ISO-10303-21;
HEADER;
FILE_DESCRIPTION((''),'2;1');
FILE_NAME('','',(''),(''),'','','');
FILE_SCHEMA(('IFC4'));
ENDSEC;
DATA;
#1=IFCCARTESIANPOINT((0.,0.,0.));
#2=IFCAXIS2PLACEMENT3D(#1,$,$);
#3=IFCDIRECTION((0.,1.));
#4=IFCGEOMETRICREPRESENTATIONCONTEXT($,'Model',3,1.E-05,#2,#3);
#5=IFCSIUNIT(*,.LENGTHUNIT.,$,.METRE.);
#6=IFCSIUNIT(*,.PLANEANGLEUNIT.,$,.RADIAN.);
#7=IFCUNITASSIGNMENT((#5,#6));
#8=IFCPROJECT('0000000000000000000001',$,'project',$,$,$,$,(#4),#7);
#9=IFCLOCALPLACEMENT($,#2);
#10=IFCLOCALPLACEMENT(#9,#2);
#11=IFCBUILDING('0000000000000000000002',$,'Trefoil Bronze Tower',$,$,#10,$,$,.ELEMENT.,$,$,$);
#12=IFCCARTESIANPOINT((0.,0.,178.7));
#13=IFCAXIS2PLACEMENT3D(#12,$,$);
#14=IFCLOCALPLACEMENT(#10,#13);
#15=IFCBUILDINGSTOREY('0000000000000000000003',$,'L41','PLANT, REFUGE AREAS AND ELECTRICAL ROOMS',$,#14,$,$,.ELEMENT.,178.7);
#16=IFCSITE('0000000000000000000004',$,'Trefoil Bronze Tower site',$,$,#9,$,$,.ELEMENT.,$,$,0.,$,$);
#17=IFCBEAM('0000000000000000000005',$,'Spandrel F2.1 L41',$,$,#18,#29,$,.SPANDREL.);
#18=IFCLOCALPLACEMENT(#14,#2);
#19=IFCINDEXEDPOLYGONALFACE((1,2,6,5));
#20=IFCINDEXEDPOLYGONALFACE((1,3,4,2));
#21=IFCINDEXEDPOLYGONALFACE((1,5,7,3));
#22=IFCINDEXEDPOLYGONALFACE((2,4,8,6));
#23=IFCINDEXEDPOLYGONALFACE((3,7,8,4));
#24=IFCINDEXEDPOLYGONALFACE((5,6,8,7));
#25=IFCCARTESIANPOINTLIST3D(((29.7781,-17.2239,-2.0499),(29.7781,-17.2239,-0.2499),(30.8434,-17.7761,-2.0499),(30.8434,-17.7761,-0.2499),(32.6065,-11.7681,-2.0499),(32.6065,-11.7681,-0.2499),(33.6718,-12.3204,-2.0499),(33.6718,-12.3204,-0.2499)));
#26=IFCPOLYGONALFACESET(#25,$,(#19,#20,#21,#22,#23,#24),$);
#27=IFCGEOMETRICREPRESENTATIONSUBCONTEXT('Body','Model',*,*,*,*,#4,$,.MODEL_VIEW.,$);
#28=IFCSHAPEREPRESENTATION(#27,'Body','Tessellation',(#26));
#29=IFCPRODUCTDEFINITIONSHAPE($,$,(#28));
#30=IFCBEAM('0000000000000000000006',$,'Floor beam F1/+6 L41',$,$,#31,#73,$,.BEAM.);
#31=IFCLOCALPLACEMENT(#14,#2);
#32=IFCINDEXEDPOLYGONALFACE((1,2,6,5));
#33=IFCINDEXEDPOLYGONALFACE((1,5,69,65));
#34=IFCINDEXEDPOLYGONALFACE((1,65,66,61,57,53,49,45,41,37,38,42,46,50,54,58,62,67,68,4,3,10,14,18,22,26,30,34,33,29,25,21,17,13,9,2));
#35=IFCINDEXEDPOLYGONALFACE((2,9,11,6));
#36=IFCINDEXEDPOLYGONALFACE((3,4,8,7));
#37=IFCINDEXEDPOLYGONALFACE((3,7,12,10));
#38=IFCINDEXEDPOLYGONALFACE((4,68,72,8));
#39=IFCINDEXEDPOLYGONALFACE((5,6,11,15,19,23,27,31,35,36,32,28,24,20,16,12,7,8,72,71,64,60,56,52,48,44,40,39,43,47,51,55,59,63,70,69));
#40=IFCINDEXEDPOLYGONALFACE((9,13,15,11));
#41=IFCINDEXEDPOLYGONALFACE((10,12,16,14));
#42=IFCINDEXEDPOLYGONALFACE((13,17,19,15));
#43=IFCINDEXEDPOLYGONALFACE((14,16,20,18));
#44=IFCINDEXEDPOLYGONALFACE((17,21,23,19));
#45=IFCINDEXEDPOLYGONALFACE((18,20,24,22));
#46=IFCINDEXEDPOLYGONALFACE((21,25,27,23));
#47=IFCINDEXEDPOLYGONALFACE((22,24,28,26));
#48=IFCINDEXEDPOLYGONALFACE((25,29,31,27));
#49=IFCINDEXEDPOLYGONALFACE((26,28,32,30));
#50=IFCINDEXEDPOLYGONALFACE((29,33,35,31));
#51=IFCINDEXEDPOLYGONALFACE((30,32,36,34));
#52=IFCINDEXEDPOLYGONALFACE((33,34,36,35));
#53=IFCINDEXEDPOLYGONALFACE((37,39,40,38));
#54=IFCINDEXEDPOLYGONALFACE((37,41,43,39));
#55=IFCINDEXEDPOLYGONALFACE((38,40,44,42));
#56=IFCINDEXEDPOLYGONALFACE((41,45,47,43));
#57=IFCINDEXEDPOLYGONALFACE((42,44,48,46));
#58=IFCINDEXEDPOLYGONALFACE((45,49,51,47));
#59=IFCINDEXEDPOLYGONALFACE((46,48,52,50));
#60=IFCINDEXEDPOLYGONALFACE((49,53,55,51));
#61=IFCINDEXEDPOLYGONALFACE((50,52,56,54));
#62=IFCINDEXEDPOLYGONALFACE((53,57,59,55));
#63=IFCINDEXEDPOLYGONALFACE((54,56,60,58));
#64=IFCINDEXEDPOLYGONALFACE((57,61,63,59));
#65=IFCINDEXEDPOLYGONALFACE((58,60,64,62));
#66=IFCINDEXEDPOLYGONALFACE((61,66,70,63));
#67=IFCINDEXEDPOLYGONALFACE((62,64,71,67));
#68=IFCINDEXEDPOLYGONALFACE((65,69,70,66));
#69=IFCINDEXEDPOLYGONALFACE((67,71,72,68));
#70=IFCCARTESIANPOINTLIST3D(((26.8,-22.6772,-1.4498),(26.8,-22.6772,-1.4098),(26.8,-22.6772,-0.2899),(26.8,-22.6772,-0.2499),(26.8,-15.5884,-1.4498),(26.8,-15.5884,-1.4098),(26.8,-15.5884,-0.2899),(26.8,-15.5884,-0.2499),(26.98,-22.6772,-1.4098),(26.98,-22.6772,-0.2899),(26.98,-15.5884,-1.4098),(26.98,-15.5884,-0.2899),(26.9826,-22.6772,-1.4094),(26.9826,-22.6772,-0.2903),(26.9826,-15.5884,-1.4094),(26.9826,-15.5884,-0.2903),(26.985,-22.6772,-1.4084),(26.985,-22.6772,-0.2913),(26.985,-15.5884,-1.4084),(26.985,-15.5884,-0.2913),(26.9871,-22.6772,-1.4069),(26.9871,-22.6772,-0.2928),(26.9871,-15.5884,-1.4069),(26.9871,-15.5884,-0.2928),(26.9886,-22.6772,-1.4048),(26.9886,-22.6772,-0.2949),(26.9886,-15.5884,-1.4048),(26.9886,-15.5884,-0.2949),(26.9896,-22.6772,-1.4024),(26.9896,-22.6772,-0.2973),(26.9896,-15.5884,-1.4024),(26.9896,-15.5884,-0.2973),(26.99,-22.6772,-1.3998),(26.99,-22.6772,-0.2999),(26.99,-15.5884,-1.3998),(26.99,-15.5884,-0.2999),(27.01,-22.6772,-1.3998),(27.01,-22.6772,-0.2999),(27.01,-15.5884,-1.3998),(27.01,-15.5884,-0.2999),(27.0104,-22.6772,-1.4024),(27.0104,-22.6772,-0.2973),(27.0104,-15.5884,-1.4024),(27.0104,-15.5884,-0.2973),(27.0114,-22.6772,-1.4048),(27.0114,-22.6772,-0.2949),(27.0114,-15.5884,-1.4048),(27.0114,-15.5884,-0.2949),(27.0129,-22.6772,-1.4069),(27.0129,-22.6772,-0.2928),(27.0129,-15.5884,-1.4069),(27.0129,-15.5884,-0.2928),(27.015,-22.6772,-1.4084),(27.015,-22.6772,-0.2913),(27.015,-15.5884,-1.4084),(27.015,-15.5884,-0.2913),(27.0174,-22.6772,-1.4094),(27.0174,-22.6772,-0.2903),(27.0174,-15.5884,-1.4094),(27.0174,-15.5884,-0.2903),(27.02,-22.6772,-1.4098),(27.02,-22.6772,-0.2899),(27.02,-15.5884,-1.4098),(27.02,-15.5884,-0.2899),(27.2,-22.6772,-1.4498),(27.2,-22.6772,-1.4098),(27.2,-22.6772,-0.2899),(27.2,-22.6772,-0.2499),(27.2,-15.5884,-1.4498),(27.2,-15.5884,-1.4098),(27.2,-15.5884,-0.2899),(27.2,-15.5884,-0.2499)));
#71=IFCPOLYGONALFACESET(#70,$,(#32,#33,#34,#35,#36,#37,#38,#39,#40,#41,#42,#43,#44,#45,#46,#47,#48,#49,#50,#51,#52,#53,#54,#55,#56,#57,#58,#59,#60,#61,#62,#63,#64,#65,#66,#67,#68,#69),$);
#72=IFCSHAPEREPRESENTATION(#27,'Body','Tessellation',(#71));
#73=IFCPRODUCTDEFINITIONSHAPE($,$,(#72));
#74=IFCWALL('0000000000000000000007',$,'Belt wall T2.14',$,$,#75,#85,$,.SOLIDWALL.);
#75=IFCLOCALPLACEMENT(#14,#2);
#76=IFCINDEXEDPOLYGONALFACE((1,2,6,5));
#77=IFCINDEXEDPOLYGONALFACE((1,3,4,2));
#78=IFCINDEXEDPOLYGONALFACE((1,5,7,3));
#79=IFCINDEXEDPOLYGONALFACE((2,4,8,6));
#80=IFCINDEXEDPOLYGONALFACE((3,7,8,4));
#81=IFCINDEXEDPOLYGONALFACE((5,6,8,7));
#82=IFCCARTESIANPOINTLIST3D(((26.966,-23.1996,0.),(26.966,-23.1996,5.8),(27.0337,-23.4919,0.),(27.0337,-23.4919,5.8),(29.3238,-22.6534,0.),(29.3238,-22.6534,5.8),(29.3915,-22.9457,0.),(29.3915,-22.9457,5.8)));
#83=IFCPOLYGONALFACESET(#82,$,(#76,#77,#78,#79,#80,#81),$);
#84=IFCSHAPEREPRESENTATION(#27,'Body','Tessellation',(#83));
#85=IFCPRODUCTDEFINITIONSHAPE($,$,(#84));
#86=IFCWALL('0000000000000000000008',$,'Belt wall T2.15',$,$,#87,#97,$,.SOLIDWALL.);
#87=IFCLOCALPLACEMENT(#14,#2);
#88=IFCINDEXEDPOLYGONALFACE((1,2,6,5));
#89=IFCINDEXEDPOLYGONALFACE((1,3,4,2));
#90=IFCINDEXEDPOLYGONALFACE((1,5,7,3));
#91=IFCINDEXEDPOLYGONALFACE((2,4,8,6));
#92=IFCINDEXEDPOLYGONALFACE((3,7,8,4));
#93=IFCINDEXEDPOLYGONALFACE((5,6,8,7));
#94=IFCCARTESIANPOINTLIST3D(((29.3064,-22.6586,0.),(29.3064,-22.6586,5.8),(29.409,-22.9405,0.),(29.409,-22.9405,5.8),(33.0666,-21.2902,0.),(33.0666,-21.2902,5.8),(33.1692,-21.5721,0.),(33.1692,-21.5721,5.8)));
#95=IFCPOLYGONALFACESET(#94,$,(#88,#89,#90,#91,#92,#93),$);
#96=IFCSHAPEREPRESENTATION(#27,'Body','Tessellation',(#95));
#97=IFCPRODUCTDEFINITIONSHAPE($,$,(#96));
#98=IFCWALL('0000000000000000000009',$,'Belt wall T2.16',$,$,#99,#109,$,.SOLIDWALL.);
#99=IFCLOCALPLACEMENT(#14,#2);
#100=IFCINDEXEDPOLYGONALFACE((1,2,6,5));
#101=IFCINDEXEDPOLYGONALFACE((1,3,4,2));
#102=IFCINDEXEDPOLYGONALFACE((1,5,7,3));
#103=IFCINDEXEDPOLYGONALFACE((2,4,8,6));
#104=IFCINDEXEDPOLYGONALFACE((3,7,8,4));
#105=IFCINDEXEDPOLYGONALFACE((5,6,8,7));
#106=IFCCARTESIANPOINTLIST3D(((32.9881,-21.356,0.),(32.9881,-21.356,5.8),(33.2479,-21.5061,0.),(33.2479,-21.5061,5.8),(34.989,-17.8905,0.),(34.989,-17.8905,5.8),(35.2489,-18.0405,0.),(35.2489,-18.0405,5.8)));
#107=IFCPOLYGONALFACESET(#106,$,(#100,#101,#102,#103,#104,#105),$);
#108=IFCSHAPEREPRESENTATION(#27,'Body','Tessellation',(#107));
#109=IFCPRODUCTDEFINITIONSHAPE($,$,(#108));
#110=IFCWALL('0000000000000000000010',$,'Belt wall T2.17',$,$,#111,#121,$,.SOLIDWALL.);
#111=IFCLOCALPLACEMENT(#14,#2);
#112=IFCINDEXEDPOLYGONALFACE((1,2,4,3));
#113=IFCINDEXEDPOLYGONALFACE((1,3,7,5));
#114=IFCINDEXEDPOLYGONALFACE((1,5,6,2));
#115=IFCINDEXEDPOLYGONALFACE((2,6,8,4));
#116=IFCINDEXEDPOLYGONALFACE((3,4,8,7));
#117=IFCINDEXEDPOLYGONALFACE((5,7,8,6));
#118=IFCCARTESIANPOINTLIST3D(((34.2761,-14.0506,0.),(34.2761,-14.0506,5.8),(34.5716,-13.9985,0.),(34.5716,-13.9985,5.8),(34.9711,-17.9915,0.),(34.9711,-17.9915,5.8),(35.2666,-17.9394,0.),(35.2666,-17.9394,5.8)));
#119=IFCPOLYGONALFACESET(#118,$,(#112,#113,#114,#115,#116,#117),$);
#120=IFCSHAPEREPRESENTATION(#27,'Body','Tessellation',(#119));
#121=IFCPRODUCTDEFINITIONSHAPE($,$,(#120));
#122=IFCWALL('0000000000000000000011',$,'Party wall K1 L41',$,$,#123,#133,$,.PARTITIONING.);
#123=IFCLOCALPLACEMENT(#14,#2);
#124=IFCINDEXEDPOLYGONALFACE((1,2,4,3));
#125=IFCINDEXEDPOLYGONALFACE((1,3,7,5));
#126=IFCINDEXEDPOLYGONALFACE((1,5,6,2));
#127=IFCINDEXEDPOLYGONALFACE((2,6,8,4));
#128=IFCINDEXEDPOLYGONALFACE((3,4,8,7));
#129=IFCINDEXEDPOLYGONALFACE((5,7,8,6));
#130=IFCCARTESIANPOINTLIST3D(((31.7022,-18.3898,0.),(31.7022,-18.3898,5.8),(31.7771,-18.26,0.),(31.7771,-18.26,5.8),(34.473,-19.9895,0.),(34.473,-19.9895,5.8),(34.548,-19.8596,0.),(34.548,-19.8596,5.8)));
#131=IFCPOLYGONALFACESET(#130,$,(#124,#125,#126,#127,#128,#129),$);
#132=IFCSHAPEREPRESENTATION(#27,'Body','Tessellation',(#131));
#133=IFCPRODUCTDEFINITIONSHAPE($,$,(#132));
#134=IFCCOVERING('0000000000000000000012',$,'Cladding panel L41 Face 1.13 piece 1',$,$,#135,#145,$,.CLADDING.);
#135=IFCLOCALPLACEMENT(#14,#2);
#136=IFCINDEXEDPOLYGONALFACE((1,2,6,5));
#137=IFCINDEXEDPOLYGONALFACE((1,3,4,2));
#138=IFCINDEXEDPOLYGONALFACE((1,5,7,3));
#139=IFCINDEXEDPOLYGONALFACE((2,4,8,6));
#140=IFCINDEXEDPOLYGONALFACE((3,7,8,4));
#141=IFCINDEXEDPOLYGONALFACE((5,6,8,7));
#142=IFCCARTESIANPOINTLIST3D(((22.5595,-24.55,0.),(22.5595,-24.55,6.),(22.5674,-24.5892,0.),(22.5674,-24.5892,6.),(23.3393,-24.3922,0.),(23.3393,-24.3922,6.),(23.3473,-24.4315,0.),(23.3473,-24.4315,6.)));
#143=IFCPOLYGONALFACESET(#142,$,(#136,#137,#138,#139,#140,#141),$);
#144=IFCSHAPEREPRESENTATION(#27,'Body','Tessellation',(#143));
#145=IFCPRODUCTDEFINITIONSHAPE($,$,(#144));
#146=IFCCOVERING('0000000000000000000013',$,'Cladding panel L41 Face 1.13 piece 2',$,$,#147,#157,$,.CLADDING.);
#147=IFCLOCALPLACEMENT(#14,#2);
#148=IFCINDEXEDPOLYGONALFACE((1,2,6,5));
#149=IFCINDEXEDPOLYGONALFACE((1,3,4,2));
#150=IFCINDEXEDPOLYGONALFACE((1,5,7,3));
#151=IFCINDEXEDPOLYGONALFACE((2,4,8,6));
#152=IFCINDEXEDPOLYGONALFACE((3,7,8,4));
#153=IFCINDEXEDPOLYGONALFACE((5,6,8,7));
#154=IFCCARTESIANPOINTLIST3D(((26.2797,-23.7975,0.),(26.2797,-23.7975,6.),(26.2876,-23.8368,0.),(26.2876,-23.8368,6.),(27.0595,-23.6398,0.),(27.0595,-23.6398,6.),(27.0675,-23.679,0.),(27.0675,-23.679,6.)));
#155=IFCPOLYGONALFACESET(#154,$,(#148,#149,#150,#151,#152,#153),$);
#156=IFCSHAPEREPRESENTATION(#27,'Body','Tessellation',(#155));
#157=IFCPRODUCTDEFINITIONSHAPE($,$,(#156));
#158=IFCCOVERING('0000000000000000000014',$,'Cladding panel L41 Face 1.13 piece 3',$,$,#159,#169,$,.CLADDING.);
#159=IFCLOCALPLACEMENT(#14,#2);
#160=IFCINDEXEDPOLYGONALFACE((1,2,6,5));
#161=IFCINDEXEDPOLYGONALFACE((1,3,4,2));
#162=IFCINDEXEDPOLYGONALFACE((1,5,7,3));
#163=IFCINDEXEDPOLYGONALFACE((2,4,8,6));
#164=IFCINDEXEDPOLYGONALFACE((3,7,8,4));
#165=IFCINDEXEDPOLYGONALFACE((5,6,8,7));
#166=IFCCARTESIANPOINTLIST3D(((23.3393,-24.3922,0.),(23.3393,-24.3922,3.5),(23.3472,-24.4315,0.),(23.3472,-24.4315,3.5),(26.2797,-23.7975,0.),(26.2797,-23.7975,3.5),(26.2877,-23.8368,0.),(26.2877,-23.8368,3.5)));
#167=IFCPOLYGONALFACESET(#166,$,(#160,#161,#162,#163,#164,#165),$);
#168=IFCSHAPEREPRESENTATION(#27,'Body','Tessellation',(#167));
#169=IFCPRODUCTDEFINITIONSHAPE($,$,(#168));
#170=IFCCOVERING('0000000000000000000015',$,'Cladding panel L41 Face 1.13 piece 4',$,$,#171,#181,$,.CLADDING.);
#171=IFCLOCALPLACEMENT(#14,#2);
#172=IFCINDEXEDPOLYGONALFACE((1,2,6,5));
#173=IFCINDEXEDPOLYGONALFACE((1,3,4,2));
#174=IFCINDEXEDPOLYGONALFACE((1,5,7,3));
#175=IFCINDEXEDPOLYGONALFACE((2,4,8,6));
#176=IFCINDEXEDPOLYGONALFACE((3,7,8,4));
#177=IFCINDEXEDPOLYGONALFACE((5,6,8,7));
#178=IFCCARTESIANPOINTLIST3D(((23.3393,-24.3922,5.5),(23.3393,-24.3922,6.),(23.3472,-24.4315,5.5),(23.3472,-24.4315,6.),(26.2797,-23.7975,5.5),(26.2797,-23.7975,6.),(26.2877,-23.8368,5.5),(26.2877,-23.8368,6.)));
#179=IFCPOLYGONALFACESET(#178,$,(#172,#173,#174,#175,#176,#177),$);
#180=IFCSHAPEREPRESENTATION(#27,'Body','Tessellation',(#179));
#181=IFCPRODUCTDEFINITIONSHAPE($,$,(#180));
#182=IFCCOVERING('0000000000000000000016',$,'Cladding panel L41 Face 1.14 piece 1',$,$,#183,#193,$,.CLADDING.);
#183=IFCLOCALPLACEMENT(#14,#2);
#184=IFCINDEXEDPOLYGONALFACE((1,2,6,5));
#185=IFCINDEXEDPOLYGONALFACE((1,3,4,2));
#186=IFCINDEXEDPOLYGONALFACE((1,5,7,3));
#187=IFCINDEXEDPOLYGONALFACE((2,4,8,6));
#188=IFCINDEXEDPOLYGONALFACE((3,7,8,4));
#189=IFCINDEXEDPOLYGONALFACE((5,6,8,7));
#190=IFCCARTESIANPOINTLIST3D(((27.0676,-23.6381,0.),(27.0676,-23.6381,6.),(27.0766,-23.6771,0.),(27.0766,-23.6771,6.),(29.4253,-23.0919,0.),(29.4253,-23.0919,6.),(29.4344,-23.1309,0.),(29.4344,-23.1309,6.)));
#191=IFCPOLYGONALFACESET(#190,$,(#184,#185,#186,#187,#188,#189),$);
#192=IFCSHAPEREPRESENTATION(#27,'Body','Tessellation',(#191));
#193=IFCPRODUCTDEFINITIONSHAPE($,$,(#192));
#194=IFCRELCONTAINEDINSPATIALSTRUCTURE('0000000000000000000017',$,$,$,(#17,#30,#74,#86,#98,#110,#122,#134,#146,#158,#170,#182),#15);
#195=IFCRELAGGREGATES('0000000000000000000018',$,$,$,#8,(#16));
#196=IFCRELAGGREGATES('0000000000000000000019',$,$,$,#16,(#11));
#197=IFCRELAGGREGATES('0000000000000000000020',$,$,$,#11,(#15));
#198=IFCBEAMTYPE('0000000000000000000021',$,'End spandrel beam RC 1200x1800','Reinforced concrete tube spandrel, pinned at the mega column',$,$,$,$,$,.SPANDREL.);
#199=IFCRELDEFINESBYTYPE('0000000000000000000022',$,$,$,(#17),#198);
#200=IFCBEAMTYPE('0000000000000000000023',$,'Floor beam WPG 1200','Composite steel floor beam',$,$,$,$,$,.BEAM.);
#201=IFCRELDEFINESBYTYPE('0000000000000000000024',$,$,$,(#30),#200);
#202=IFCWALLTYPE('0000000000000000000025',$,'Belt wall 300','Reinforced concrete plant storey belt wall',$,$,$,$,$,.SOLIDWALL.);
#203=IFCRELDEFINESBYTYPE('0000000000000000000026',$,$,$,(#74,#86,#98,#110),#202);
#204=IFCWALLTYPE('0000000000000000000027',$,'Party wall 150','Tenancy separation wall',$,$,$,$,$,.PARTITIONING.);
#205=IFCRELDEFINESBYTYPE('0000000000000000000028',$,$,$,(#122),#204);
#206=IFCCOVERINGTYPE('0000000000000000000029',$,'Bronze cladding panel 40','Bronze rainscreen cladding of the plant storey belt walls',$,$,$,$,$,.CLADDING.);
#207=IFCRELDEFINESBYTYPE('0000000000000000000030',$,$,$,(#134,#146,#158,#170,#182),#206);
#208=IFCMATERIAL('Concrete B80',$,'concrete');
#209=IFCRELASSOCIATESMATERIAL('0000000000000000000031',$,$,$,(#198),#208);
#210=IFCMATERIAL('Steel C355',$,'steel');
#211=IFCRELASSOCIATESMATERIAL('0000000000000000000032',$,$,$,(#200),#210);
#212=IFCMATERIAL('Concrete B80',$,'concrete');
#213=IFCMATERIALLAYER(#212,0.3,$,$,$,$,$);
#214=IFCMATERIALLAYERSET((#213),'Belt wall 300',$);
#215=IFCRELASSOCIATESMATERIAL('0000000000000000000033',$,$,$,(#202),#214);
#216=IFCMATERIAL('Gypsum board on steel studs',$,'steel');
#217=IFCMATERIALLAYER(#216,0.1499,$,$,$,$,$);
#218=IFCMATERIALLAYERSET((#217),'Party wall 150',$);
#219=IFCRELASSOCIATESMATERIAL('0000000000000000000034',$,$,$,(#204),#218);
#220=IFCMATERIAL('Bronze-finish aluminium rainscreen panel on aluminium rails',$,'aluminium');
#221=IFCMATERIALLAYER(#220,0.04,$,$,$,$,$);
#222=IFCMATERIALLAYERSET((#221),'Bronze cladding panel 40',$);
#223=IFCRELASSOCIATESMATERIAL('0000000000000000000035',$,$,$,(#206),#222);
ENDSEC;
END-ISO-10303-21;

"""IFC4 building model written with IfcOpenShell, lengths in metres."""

from ifc_helpers import new_model, si_unit, direction, frame, frame_2d, origin, origin_2d, place, context, subcontext, project, spatial, rectangle, i_section, extrude, material, layer, layer_set, material_profile, profile_set, type_object, element, save


model = new_model("IFC4")

# Units and contexts
model_context = context("Model", 3, precision=1e-05, world=origin(), true_north=direction((0.0, 1.0)))
body_context = subcontext(model_context, "Body", "Model", "MODEL_VIEW")
ifc_project = project(units=[si_unit("LENGTHUNIT", "METRE"), si_unit("PLANEANGLEUNIT", "RADIAN")], contexts=[model_context])

# Site, building, storey
site_placement = place(None, origin())
site = spatial("IfcSite", under=ifc_project, at=site_placement, Name="Trefoil Bronze Tower site", CompositionType="ELEMENT", RefElevation=0.0)
building_placement = place(site_placement, origin())
building = spatial("IfcBuilding", under=site, at=building_placement, Name="Trefoil Bronze Tower", CompositionType="ELEMENT")
storey_placement = place(building_placement, frame((0.0, 0.0, 178.7)))
storey = spatial("IfcBuildingStorey", under=building, at=storey_placement, Name="L41", Description="PLANT, REFUGE AREAS AND ELECTRICAL ROOMS", CompositionType="ELEMENT", Elevation=178.7)

# Beams
ifc_material_1 = material(Name="Concrete B80", Category="concrete")
ifc_material_profile_1 = material_profile(ifc_material_1, rectangle(XDim=1.2, YDim=1.8, at=origin_2d()), Name="RC 1200x1800")
ifc_profile_set_1 = profile_set([ifc_material_profile_1], Name="Concrete B80")
beam_type_1 = type_object("IfcBeamType", Name="End spandrel beam RC 1200x1800", Description="Reinforced concrete tube spandrel, pinned at the mega column", PredefinedType="SPANDREL", material=ifc_profile_set_1)
for number, where, z_axis, x_axis, name in (
    (1, (30.3108, -17.5, -1.1499), (0.460244, 0.887792, 0.0), (-0.887792, 0.460244, 0.0), "Spandrel F2.1 L41"),
):
    element("IfcBeam", number, at=place(storey_placement, frame(where, z_axis=z_axis, x_axis=x_axis)), inside=storey, type_object=beam_type_1, Name=name, PredefinedType="SPANDREL", context=body_context, shape_type="SweptSolid", body=[
        extrude(rectangle(XDim=1.2, YDim=1.8, at=origin_2d()), origin(), (0.0, 0.0, 1.0), 6.1453),
    ])
ifc_material_2 = material(Name="Steel C355", Category="steel")
ifc_material_profile_2 = material_profile(ifc_material_2, i_section(OverallWidth=0.3999, OverallDepth=1.2, WebThickness=0.02, FlangeThickness=0.04, FilletRadius=0.01, at=origin_2d()), Name="WPG 1200")
ifc_profile_set_2 = profile_set([ifc_material_profile_2], Name="Steel C355")
beam_type_2 = type_object("IfcBeamType", Name="Floor beam WPG 1200", Description="Composite steel floor beam", PredefinedType="BEAM", material=ifc_profile_set_2)
beam_1_placement = place(storey_placement, frame((27.0, -22.6772, -0.8499), z_axis=(0.0, 1.0, 0.0), x_axis=(-1.0, 0.0, 0.0)))
element("IfcBeam", 2, at=beam_1_placement, inside=storey, type_object=beam_type_2, Name="Floor beam F1/+6 L41", PredefinedType="BEAM", context=body_context, shape_type="SweptSolid", body=[
    extrude(i_section(OverallWidth=0.3999, OverallDepth=1.2, WebThickness=0.02, FlangeThickness=0.04, FilletRadius=0.01, at=origin_2d()), origin(), (0.0, 0.0, 1.0), 7.0889),
])

# Walls
ifc_material_3 = material(Name="Concrete B80", Category="concrete")
ifc_layer_1 = layer(ifc_material_3, 0.3)
ifc_layer_set_1 = layer_set([ifc_layer_1], Name="Belt wall 300")
wall_type_1 = type_object("IfcWallType", Name="Belt wall 300", Description="Reinforced concrete plant storey belt wall", PredefinedType="SOLIDWALL", material=ifc_layer_set_1)
wall_1_placement = place(storey_placement, frame((27.0, -23.3457, 0.0), z_axis=(0.0, 0.0, 1.0), x_axis=(0.974204, 0.22567, 0.0)))
element("IfcWall", 3, at=wall_1_placement, inside=storey, type_object=wall_type_1, Name="Belt wall T2.14", PredefinedType="SOLIDWALL", context=body_context, shape_type="SweptSolid", body=[
    extrude(rectangle(XDim=2.4202, YDim=0.3, at=frame_2d((1.21, 0.0))), origin(), (0.0, 0.0, 1.0), 5.8),
])
wall_2_placement = place(storey_placement, frame((29.3577, -22.7996, 0.0), z_axis=(0.0, 0.0, 1.0), x_axis=(0.93971, 0.341973, 0.0)))
element("IfcWall", 4, at=wall_2_placement, inside=storey, type_object=wall_type_1, Name="Belt wall T2.15", PredefinedType="SOLIDWALL", context=body_context, shape_type="SweptSolid", body=[
    extrude(rectangle(XDim=4.0015, YDim=0.3, at=frame_2d((2.0007, 0.0))), origin(), (0.0, 0.0, 1.0), 5.8),
])
for number, where, z_axis, x_axis, name in (
    (5, (33.1179, -21.4312, 0.0), (0.0, 0.0, 1.0), (0.500023, 0.866012, 0.0), "Belt wall T2.16"),
    (6, (35.1189, -17.9656, 0.0), (0.0, 0.0, 1.0), (-0.173691, 0.9848, 0.0), "Belt wall T2.17"),
):
    element("IfcWall", number, at=place(storey_placement, frame(where, z_axis=z_axis, x_axis=x_axis)), inside=storey, type_object=wall_type_1, Name=name, PredefinedType="SOLIDWALL", context=body_context, shape_type="SweptSolid", body=[
        extrude(rectangle(XDim=4.0017, YDim=0.3, at=frame_2d((2.001, 0.0))), origin(), (0.0, 0.0, 1.0), 5.8),
    ])
ifc_material_4 = material(Name="Gypsum board on steel studs", Category="steel")
ifc_layer_2 = layer(ifc_material_4, 0.1499)
ifc_layer_set_2 = layer_set([ifc_layer_2], Name="Party wall 150")
wall_type_2 = type_object("IfcWallType", Name="Party wall 150", Description="Tenancy separation wall", PredefinedType="PARTITIONING", material=ifc_layer_set_2)
wall_3_placement = place(storey_placement, frame((31.7397, -18.325, 0.0), z_axis=(0.0, 0.0, 1.0), x_axis=(0.866037, -0.49998, 0.0)))
element("IfcWall", 7, at=wall_3_placement, inside=storey, type_object=wall_type_2, Name="Party wall K1 L41", PredefinedType="PARTITIONING", context=body_context, shape_type="SweptSolid", body=[
    extrude(rectangle(XDim=3.1995, YDim=0.1499, at=frame_2d((1.5996, 0.0))), origin(), (0.0, 0.0, 1.0), 5.8),
])

# Coverings
ifc_material_5 = material(Name="Bronze-finish aluminium rainscreen panel on aluminium rails", Category="aluminium")
ifc_layer_3 = layer(ifc_material_5, 0.04)
ifc_layer_set_3 = layer_set([ifc_layer_3], Name="Bronze cladding panel 40")
covering_type_1 = type_object("IfcCoveringType", Name="Bronze cladding panel 40", Description="Bronze rainscreen cladding of the plant storey belt walls", PredefinedType="CLADDING", material=ifc_layer_set_3)
for number, where, z_axis, x_axis, name in (
    (8, (22.9534, -24.4907, 0.0), (0.0, 0.0, 1.0), (0.980155, 0.198232, 0.0), "Cladding panel L41 Face 1.13 piece 1"),
    (9, (26.6736, -23.7383, 0.0), (0.0, 0.0, 1.0), (0.980155, 0.198232, 0.0), "Cladding panel L41 Face 1.13 piece 2"),
):
    element("IfcCovering", number, at=place(storey_placement, frame(where, z_axis=z_axis, x_axis=x_axis)), inside=storey, type_object=covering_type_1, Name=name, PredefinedType="CLADDING", context=body_context, shape_type="SweptSolid", body=[
        extrude(rectangle(XDim=0.7957, YDim=0.04, at=origin_2d()), origin(), (0.0, 0.0, 1.0), 6.0),
    ])
covering_1_placement = place(storey_placement, frame((24.8135, -24.1145, 0.0), z_axis=(0.0, 0.0, 1.0), x_axis=(0.980155, 0.198232, 0.0)))
element("IfcCovering", 10, at=covering_1_placement, inside=storey, type_object=covering_type_1, Name="Cladding panel L41 Face 1.13 piece 3", PredefinedType="CLADDING", context=body_context, shape_type="SweptSolid", body=[
    extrude(rectangle(XDim=3.0, YDim=0.04, at=origin_2d()), origin(), (0.0, 0.0, 1.0), 3.5),
])
covering_2_placement = place(storey_placement, frame((24.8135, -24.1145, 5.5), z_axis=(0.0, 0.0, 1.0), x_axis=(0.980155, 0.198232, 0.0)))
element("IfcCovering", 11, at=covering_2_placement, inside=storey, type_object=covering_type_1, Name="Cladding panel L41 Face 1.13 piece 4", PredefinedType="CLADDING", context=body_context, shape_type="SweptSolid", body=[
    extrude(rectangle(XDim=3.0, YDim=0.04, at=origin_2d()), origin(), (0.0, 0.0, 1.0), 0.5),
])
covering_3_placement = place(storey_placement, frame((28.251, -23.3845, 0.0), z_axis=(0.0, 0.0, 1.0), x_axis=(0.974204, 0.225667, 0.0)))
element("IfcCovering", 12, at=covering_3_placement, inside=storey, type_object=covering_type_1, Name="Cladding panel L41 Face 1.14 piece 1", PredefinedType="CLADDING", context=body_context, shape_type="SweptSolid", body=[
    extrude(rectangle(XDim=2.4202, YDim=0.04, at=origin_2d()), origin(), (0.0, 0.0, 1.0), 6.0),
])

save(model, "model.ifc")
